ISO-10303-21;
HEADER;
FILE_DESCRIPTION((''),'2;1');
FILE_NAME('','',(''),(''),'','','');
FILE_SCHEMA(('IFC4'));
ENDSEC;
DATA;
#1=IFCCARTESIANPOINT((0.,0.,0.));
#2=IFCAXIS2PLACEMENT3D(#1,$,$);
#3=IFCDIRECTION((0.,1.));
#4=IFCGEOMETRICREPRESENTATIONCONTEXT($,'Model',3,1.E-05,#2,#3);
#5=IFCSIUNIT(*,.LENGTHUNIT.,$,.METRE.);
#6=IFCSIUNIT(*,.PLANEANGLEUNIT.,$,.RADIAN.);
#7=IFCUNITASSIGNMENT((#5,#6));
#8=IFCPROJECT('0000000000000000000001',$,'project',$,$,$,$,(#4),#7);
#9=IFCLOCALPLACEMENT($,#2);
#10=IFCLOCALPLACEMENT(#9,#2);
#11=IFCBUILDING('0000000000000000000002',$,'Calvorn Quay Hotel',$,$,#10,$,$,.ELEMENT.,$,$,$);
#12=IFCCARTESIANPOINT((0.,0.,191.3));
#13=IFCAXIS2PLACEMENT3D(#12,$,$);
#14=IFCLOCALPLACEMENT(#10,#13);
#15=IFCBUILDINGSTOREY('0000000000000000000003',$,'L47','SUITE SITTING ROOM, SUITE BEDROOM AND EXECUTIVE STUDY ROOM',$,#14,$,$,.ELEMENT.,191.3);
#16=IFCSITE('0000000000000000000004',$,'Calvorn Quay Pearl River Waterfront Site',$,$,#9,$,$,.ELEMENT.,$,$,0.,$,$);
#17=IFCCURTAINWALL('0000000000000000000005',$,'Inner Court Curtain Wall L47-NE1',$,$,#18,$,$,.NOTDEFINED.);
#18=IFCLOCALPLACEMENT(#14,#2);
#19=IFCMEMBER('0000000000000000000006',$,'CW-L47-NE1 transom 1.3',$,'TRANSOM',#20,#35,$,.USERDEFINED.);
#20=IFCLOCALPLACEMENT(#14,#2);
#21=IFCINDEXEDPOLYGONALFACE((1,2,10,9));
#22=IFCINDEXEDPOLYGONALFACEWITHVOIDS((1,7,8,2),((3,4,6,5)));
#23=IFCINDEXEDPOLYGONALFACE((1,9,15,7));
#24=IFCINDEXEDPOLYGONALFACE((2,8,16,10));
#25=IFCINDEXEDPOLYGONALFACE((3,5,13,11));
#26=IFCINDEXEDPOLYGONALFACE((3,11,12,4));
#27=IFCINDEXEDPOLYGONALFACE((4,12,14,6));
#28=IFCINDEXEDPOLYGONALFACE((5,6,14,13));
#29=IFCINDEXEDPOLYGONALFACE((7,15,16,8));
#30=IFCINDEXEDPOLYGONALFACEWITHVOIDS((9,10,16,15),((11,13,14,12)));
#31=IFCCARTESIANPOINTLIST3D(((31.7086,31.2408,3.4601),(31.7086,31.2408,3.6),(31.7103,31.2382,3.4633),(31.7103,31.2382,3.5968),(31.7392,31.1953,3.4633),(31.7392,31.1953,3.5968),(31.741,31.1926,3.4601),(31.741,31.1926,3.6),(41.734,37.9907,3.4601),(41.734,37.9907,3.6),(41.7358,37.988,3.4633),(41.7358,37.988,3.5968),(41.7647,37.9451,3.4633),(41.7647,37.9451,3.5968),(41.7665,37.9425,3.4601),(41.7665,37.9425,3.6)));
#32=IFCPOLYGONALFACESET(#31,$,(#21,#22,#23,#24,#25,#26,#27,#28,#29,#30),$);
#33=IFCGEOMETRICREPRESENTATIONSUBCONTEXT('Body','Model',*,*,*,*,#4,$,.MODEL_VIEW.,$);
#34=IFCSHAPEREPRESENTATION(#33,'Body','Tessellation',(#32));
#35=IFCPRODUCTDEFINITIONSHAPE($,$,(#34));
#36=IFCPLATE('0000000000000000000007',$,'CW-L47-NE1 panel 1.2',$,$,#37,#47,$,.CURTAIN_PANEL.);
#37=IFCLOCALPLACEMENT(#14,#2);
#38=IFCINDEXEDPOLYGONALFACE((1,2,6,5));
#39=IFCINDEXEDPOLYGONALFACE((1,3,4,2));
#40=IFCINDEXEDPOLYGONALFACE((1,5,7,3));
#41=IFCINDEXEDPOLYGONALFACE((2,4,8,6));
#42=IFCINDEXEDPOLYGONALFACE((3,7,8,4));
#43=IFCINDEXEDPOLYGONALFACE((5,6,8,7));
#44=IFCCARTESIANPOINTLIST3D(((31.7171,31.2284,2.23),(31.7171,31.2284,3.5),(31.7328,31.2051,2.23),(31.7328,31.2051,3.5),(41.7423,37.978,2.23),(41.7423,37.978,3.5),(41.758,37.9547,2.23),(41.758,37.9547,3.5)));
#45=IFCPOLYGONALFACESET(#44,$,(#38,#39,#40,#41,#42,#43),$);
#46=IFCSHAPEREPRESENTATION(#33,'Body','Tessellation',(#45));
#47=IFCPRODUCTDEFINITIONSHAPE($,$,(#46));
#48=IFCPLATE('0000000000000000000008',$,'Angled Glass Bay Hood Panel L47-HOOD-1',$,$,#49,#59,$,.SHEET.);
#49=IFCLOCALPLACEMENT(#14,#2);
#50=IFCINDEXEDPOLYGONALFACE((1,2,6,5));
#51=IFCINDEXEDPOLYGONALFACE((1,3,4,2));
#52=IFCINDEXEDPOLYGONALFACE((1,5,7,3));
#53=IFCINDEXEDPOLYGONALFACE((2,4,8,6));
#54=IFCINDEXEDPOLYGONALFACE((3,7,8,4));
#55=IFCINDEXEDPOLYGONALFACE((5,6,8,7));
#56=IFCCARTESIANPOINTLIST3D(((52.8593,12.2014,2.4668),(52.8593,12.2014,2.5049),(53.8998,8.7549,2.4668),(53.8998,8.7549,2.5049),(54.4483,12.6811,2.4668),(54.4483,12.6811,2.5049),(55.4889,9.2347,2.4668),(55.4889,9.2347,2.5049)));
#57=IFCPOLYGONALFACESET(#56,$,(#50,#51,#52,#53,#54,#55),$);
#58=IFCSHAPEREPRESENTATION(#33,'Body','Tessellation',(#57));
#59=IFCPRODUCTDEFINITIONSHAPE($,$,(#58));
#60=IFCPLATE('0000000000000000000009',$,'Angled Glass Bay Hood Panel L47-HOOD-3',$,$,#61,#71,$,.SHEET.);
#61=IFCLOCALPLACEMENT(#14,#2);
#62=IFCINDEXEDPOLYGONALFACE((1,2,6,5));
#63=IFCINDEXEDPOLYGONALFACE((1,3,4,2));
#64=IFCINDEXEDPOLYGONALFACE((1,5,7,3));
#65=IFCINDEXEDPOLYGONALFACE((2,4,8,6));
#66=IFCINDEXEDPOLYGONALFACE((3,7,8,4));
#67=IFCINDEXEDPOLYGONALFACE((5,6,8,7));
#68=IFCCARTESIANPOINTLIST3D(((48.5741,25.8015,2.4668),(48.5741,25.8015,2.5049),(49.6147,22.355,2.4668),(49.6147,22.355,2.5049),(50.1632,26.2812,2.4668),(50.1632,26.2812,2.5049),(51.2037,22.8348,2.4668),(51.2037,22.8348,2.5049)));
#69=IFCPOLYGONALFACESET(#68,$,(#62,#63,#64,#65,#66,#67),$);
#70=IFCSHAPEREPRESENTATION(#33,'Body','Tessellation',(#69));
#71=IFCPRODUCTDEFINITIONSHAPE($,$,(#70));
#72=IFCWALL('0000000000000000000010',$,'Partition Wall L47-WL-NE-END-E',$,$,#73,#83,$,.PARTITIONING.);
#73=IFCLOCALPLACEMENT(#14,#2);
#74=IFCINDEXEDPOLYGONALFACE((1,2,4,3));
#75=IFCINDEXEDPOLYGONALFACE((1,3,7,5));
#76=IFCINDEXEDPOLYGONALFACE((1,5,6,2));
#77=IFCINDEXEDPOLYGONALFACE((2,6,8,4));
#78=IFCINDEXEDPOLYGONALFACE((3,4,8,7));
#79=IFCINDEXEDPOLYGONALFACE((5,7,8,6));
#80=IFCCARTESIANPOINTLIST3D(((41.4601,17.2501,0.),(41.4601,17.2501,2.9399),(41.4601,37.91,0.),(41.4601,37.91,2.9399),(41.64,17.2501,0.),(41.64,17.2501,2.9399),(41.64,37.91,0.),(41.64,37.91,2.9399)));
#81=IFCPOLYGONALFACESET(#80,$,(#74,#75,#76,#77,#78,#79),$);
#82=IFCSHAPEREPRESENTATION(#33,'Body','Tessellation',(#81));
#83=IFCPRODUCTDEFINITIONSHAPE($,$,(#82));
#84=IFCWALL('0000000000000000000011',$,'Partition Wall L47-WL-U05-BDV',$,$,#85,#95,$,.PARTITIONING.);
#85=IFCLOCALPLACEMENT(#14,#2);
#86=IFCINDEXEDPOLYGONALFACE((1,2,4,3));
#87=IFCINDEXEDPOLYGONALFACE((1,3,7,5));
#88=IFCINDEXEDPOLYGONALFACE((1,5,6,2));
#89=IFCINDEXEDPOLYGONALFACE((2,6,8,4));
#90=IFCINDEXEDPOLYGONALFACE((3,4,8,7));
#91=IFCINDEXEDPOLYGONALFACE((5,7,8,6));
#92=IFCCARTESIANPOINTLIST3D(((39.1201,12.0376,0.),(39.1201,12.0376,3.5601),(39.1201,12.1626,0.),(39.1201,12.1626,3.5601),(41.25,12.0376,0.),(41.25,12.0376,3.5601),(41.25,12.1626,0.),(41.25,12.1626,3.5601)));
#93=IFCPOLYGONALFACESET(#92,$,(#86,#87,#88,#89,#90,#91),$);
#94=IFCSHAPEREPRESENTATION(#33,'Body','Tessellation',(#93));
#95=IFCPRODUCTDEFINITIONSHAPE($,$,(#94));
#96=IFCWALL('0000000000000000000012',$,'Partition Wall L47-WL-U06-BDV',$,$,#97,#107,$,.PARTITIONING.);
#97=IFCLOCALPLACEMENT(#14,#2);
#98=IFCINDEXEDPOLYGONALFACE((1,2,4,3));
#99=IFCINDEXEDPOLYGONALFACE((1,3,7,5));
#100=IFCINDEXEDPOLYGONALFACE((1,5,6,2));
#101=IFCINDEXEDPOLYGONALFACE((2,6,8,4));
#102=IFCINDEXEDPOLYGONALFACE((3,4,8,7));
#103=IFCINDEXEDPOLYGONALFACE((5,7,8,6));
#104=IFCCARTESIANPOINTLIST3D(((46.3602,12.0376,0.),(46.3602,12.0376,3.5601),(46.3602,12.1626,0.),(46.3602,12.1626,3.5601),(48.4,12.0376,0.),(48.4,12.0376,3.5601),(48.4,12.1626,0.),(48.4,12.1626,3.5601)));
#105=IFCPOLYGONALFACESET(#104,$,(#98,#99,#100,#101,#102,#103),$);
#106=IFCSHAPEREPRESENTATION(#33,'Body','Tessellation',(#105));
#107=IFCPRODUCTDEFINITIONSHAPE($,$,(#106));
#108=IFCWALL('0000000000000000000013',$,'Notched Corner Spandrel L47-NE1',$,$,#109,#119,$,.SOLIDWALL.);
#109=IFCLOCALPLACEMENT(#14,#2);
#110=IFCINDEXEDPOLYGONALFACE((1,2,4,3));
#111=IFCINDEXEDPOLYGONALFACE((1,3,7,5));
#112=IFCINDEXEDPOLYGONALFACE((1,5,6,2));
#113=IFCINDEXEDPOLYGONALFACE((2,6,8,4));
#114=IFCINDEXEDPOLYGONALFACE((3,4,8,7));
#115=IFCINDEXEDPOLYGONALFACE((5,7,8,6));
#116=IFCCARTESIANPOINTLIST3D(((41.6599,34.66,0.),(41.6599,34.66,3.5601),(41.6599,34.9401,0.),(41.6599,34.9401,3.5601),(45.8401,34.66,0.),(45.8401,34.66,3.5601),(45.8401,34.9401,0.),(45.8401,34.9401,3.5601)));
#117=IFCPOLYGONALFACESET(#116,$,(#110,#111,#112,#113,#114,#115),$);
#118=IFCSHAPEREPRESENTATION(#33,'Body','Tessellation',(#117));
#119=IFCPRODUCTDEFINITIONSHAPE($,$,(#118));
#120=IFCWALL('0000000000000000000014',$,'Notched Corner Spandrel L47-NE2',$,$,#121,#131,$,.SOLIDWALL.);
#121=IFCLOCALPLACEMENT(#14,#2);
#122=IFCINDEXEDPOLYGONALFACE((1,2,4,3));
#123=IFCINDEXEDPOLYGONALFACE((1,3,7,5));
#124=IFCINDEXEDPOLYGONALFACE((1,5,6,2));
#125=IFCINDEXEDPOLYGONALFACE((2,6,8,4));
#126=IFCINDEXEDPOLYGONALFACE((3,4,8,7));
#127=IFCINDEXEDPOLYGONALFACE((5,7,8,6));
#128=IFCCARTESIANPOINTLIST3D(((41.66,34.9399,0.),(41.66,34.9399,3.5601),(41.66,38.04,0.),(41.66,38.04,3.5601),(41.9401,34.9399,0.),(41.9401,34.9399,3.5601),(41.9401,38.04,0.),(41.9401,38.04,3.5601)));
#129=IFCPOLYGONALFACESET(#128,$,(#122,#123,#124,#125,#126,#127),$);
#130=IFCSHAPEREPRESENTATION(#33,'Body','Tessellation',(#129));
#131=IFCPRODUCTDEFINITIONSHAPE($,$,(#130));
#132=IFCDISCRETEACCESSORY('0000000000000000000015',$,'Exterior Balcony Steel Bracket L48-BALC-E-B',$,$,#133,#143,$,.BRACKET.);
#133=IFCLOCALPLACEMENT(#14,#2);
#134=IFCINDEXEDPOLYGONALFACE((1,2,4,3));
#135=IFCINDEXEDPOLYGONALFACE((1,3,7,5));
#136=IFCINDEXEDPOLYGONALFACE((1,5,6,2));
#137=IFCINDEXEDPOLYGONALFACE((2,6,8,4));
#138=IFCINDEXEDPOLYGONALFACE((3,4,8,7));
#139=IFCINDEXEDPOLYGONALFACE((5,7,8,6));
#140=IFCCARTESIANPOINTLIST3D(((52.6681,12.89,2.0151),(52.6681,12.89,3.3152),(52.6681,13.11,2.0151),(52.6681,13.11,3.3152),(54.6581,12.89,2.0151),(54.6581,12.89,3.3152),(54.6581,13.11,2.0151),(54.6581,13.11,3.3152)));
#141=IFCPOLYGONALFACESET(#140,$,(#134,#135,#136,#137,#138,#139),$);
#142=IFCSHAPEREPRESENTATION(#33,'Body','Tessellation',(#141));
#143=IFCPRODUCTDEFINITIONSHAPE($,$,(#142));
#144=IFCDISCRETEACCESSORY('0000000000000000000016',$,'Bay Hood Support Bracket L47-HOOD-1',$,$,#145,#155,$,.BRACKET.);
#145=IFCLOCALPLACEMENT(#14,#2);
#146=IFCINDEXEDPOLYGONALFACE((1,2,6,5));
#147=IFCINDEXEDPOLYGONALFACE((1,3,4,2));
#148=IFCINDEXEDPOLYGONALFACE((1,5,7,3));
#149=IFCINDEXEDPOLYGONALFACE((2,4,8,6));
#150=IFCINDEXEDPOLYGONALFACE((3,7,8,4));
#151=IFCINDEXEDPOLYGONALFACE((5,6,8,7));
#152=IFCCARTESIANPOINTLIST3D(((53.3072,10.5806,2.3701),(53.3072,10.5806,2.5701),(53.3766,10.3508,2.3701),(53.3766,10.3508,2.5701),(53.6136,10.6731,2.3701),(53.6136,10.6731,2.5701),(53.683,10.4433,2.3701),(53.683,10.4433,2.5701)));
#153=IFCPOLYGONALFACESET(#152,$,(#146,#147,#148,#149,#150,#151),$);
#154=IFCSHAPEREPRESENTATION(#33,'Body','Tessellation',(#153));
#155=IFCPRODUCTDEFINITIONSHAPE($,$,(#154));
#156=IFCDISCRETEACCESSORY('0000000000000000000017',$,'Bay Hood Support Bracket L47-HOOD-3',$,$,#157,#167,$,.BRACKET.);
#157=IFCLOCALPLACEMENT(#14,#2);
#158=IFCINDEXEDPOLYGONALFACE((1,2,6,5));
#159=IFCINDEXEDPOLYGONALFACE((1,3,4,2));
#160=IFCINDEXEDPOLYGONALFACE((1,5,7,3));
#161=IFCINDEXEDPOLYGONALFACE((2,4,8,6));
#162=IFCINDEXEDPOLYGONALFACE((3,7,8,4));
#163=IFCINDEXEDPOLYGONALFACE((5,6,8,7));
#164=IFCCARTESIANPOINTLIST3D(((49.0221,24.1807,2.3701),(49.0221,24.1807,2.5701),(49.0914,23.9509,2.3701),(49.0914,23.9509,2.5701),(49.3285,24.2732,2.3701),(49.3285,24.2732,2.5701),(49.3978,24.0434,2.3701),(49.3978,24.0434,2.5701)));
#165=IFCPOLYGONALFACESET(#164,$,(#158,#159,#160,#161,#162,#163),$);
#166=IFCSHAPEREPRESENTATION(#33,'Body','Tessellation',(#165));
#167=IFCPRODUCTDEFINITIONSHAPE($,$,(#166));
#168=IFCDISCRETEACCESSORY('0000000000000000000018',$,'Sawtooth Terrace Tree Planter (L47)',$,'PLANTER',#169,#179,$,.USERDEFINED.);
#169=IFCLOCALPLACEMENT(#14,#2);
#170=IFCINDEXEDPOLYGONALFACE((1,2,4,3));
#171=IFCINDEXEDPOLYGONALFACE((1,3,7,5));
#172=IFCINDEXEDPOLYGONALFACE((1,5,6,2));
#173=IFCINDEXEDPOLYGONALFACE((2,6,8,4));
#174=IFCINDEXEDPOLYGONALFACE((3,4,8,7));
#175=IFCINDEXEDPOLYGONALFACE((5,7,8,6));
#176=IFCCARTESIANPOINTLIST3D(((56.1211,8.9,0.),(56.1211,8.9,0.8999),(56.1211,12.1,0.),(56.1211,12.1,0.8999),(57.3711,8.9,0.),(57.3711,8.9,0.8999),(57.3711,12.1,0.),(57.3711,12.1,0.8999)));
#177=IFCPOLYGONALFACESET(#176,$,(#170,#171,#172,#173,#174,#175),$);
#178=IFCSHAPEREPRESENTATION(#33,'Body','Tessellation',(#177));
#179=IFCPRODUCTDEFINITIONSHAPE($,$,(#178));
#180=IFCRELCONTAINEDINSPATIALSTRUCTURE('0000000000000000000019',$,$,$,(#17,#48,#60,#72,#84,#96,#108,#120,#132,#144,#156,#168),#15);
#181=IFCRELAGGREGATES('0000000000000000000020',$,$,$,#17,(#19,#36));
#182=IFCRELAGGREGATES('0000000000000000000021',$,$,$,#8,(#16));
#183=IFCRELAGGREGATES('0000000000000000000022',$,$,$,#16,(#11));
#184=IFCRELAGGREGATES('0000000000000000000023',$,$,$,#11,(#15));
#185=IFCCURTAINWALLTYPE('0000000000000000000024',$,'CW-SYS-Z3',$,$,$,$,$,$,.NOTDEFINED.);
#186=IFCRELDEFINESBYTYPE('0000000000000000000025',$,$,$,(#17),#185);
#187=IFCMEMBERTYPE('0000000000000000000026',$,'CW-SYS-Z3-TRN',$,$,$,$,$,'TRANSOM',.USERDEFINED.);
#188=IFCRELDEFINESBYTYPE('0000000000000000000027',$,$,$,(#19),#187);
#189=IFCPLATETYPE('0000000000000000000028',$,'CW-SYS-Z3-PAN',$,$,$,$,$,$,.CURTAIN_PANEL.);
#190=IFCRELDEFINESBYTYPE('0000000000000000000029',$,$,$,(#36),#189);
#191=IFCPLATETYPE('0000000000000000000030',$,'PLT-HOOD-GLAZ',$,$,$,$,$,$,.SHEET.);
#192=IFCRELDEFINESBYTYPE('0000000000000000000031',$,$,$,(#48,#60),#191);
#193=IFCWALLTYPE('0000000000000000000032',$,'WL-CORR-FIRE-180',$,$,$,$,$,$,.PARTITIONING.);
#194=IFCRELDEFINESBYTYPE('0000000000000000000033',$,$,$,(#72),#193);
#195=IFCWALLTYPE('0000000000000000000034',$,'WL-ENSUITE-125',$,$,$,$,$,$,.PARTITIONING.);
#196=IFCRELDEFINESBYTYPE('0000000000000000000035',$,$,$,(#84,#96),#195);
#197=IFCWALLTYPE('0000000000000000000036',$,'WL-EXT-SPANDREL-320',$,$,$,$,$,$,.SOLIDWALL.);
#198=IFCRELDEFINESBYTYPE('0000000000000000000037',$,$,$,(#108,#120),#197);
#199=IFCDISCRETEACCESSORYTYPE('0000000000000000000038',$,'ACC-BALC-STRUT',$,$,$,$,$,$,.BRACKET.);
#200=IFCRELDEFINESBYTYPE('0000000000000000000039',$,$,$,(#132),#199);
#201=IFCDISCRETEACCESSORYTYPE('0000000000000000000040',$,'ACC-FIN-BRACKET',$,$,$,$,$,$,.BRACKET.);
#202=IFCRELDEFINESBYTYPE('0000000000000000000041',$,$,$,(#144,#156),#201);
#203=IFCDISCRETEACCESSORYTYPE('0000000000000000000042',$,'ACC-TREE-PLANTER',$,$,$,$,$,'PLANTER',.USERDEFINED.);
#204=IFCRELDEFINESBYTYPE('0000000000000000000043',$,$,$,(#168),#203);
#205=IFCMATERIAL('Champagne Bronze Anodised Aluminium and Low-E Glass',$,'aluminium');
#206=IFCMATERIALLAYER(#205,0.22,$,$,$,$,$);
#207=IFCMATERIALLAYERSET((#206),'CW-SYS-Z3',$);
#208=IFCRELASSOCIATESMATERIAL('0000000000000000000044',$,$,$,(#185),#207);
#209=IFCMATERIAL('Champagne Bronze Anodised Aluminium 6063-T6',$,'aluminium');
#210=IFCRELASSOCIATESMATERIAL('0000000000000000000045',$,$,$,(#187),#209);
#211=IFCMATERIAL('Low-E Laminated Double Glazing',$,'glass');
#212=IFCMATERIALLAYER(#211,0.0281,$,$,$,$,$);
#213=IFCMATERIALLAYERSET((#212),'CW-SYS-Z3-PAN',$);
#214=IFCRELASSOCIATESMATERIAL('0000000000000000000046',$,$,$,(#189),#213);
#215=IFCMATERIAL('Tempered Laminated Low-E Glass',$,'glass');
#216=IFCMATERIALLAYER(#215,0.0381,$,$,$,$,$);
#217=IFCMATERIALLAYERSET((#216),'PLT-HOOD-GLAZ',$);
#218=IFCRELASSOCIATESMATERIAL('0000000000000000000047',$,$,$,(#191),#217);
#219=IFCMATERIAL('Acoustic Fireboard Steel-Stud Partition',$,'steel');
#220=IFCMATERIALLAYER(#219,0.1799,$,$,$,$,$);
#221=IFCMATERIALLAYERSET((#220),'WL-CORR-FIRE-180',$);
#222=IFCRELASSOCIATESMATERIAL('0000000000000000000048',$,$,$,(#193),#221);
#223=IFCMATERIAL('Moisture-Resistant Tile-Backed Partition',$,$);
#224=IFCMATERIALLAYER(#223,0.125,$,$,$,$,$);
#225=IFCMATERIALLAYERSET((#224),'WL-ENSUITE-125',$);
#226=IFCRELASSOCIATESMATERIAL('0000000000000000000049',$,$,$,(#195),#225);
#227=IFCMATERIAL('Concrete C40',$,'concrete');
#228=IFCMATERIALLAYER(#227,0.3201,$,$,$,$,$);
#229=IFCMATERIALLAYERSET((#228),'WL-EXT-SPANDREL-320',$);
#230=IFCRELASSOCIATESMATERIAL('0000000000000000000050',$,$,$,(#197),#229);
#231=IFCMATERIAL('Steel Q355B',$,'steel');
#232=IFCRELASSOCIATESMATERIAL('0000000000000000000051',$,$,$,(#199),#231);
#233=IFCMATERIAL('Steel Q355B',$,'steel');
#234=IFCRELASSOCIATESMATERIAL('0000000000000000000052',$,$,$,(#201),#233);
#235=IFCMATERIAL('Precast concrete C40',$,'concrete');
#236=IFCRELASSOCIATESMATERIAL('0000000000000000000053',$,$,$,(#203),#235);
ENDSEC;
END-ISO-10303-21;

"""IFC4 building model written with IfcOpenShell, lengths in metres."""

from ifc_helpers import new_model, si_unit, direction, frame, frame_2d, origin, origin_2d, place, context, subcontext, project, spatial, rectangle, hollow_rectangle, extrude, material, layer, layer_set, material_profile, profile_set, type_object, element, aggregate, save


model = new_model("IFC4")

# Units and contexts
model_context = context("Model", 3, precision=1e-05, world=origin(), true_north=direction((0.0, 1.0)))
body_context = subcontext(model_context, "Body", "Model", "MODEL_VIEW")
ifc_project = project(units=[si_unit("LENGTHUNIT", "METRE"), si_unit("PLANEANGLEUNIT", "RADIAN")], contexts=[model_context])

# Site, building, storey
site_placement = place(None, origin())
site = spatial("IfcSite", under=ifc_project, at=site_placement, Name="Calvorn Quay Pearl River Waterfront Site", CompositionType="ELEMENT", RefElevation=0.0)
building_placement = place(site_placement, origin())
building = spatial("IfcBuilding", under=site, at=building_placement, Name="Calvorn Quay Hotel", CompositionType="ELEMENT")
storey_placement = place(building_placement, frame((0.0, 0.0, 191.3)))
storey = spatial("IfcBuildingStorey", under=building, at=storey_placement, Name="L47", Description="SUITE SITTING ROOM, SUITE BEDROOM AND EXECUTIVE STUDY ROOM", CompositionType="ELEMENT", Elevation=191.3)

# Curtain wall, member, plate
ifc_material_1 = material(Name="Champagne Bronze Anodised Aluminium and Low-E Glass", Category="aluminium")
ifc_layer_1 = layer(ifc_material_1, 0.22)
ifc_layer_set_1 = layer_set([ifc_layer_1], Name="CW-SYS-Z3")
curtain_wall_type = type_object("IfcCurtainWallType", Name="CW-SYS-Z3", PredefinedType="NOTDEFINED", material=ifc_layer_set_1)
curtain_wall_placement = place(storey_placement, origin())
curtain_wall = element("IfcCurtainWall", 1, at=curtain_wall_placement, inside=storey, type_object=curtain_wall_type, Name="Inner Court Curtain Wall L47-NE1", PredefinedType="NOTDEFINED")
ifc_material_2 = material(Name="Champagne Bronze Anodised Aluminium 6063-T6", Category="aluminium")
ifc_material_profile_1 = material_profile(ifc_material_2, hollow_rectangle(XDim=0.0581, YDim=0.1399, WallThickness=0.0032, at=origin_2d()), Name="ALU-T140x58x3.2")
ifc_profile_set_1 = profile_set([ifc_material_profile_1], Name="Champagne Bronze Anodised Aluminium 6063-T6")
member_type_1 = type_object("IfcMemberType", Name="CW-SYS-Z3-TRN", ElementType="TRANSOM", PredefinedType="USERDEFINED", material=ifc_profile_set_1)
member_1_placement = place(storey_placement, frame((41.7502, 37.9666, 3.53), z_axis=(-0.829515, -0.558484, 0.0), x_axis=(0.558484, -0.829515, 0.0)))
member_1 = element("IfcMember", 2, at=member_1_placement, type_object=member_type_1, Name="CW-L47-NE1 transom 1.3", ObjectType="TRANSOM", PredefinedType="USERDEFINED", context=body_context, shape_type="SweptSolid", body=[
    extrude(hollow_rectangle(XDim=0.0581, YDim=0.1399, WallThickness=0.0032, at=origin_2d()), origin(), (0.0, 0.0, 1.0), 12.0859),
])
ifc_material_3 = material(Name="Low-E Laminated Double Glazing", Category="glass")
ifc_layer_2 = layer(ifc_material_3, 0.0281)
ifc_layer_set_2 = layer_set([ifc_layer_2], Name="CW-SYS-Z3-PAN")
plate_type_1 = type_object("IfcPlateType", Name="CW-SYS-Z3-PAN", PredefinedType="CURTAIN_PANEL", material=ifc_layer_set_2)
plate_placement = place(storey_placement, frame((36.7375, 34.5916, 2.23), z_axis=(0.0, 0.0, 1.0), x_axis=(-0.829515, -0.558485, 0.0)))
plate = element("IfcPlate", 3, at=plate_placement, type_object=plate_type_1, Name="CW-L47-NE1 panel 1.2", PredefinedType="CURTAIN_PANEL", context=body_context, shape_type="SweptSolid", body=[
    extrude(rectangle(XDim=12.0857, YDim=0.0281, at=origin_2d()), origin(), (0.0, 0.0, 1.0), 1.27),
])
aggregate(curtain_wall, [member_1, plate])

# Plates
ifc_material_4 = material(Name="Tempered Laminated Low-E Glass", Category="glass")
ifc_layer_3 = layer(ifc_material_4, 0.0381)
ifc_layer_set_3 = layer_set([ifc_layer_3], Name="PLT-HOOD-GLAZ")
plate_type_2 = type_object("IfcPlateType", Name="PLT-HOOD-GLAZ", PredefinedType="SHEET", material=ifc_layer_set_3)
for number, where, z_axis, x_axis, name in (
    (4, (54.1741, 10.718, 2.4668), (0.0, 0.0, 1.0), (0.957319, 0.289032, 0.0), "Angled Glass Bay Hood Panel L47-HOOD-1"),
    (5, (49.8889, 24.3181, 2.4668), (0.0, 0.0, 1.0), (0.957319, 0.289032, 0.0), "Angled Glass Bay Hood Panel L47-HOOD-3"),
):
    element("IfcPlate", number, at=place(storey_placement, frame(where, z_axis=z_axis, x_axis=x_axis)), inside=storey, type_object=plate_type_2, Name=name, PredefinedType="SHEET", context=body_context, shape_type="SweptSolid", body=[
        extrude(rectangle(XDim=1.6599, YDim=3.6001, at=origin_2d()), origin(), (0.0, 0.0, 1.0), 0.0381),
    ])

# Walls
ifc_material_5 = material(Name="Acoustic Fireboard Steel-Stud Partition", Category="steel")
ifc_layer_4 = layer(ifc_material_5, 0.1799)
ifc_layer_set_4 = layer_set([ifc_layer_4], Name="WL-CORR-FIRE-180")
wall_type_1 = type_object("IfcWallType", Name="WL-CORR-FIRE-180", PredefinedType="PARTITIONING", material=ifc_layer_set_4)
wall_1_placement = place(storey_placement, frame((41.55, 17.25, 0.0), z_axis=(0.0, 0.0, 1.0), x_axis=(0.0, 1.0, 0.0)))
element("IfcWall", 6, at=wall_1_placement, inside=storey, type_object=wall_type_1, Name="Partition Wall L47-WL-NE-END-E", PredefinedType="PARTITIONING", context=body_context, shape_type="SweptSolid", body=[
    extrude(rectangle(XDim=20.6599, YDim=0.1799, at=frame_2d((10.3301, 0.0))), origin(), (0.0, 0.0, 1.0), 2.9399),
])
ifc_material_6 = material(Name="Moisture-Resistant Tile-Backed Partition")
ifc_layer_5 = layer(ifc_material_6, 0.125)
ifc_layer_set_5 = layer_set([ifc_layer_5], Name="WL-ENSUITE-125")
wall_type_2 = type_object("IfcWallType", Name="WL-ENSUITE-125", PredefinedType="PARTITIONING", material=ifc_layer_set_5)
wall_2_placement = place(storey_placement, frame((39.1201, 12.1001, 0.0), z_axis=(0.0, 0.0, 1.0), x_axis=(1.0, 0.0, 0.0)))
element("IfcWall", 7, at=wall_2_placement, inside=storey, type_object=wall_type_2, Name="Partition Wall L47-WL-U05-BDV", PredefinedType="PARTITIONING", context=body_context, shape_type="SweptSolid", body=[
    extrude(rectangle(XDim=2.1299, YDim=0.125, at=frame_2d((1.0649, 0.0))), origin(), (0.0, 0.0, 1.0), 3.5601),
])
wall_3_placement = place(storey_placement, frame((46.3601, 12.1001, 0.0), z_axis=(0.0, 0.0, 1.0), x_axis=(1.0, 0.0, 0.0)))
element("IfcWall", 8, at=wall_3_placement, inside=storey, type_object=wall_type_2, Name="Partition Wall L47-WL-U06-BDV", PredefinedType="PARTITIONING", context=body_context, shape_type="SweptSolid", body=[
    extrude(rectangle(XDim=2.0398, YDim=0.125, at=frame_2d((1.02, 0.0))), origin(), (0.0, 0.0, 1.0), 3.5601),
])
ifc_material_7 = material(Name="Concrete C40", Category="concrete")
ifc_layer_6 = layer(ifc_material_7, 0.3201)
ifc_layer_set_6 = layer_set([ifc_layer_6], Name="WL-EXT-SPANDREL-320")
wall_type_3 = type_object("IfcWallType", Name="WL-EXT-SPANDREL-320", PredefinedType="SOLIDWALL", material=ifc_layer_set_6)
wall_4_placement = place(storey_placement, frame((45.8401, 34.8, 0.0), z_axis=(0.0, 0.0, 1.0), x_axis=(-1.0, 0.0, 0.0)))
element("IfcWall", 9, at=wall_4_placement, inside=storey, type_object=wall_type_3, Name="Notched Corner Spandrel L47-NE1", PredefinedType="SOLIDWALL", context=body_context, shape_type="SweptSolid", body=[
    extrude(rectangle(XDim=4.1802, YDim=0.28, at=frame_2d((2.0901, 0.0))), origin(), (0.0, 0.0, 1.0), 3.5601),
])
wall_5_placement = place(storey_placement, frame((41.8, 34.9399, 0.0), z_axis=(0.0, 0.0, 1.0), x_axis=(0.0, 1.0, 0.0)))
element("IfcWall", 10, at=wall_5_placement, inside=storey, type_object=wall_type_3, Name="Notched Corner Spandrel L47-NE2", PredefinedType="SOLIDWALL", context=body_context, shape_type="SweptSolid", body=[
    extrude(rectangle(XDim=3.1001, YDim=0.28, at=frame_2d((1.55, 0.0))), origin(), (0.0, 0.0, 1.0), 3.5601),
])

# Discrete accessories
ifc_material_8 = material(Name="Steel Q355B", Category="steel")
discrete_accessory_type_1 = type_object("IfcDiscreteAccessoryType", Name="ACC-BALC-STRUT", PredefinedType="BRACKET", material=ifc_material_8)
discrete_accessory_1_placement = place(storey_placement, frame((53.6631, 13.0, 2.0151), z_axis=(0.0, 0.0, 1.0), x_axis=(1.0, 0.0, 0.0)))
element("IfcDiscreteAccessory", 11, at=discrete_accessory_1_placement, inside=storey, type_object=discrete_accessory_type_1, Name="Exterior Balcony Steel Bracket L48-BALC-E-B", PredefinedType="BRACKET", context=body_context, shape_type="SweptSolid", body=[
    extrude(rectangle(XDim=1.99, YDim=0.22, at=origin_2d()), origin(), (0.0, 0.0, 1.0), 1.3),
])
ifc_material_9 = material(Name="Steel Q355B", Category="steel")
discrete_accessory_type_2 = type_object("IfcDiscreteAccessoryType", Name="ACC-FIN-BRACKET", PredefinedType="BRACKET", material=ifc_material_9)
for number, where, z_axis, x_axis, name in (
    (12, (53.4951, 10.512, 2.3701), (0.0, 0.0, 1.0), (0.957319, 0.289032, 0.0), "Bay Hood Support Bracket L47-HOOD-1"),
    (13, (49.21, 24.1121, 2.3701), (0.0, 0.0, 1.0), (0.957319, 0.289032, 0.0), "Bay Hood Support Bracket L47-HOOD-3"),
):
    element("IfcDiscreteAccessory", number, at=place(storey_placement, frame(where, z_axis=z_axis, x_axis=x_axis)), inside=storey, type_object=discrete_accessory_type_2, Name=name, PredefinedType="BRACKET", context=body_context, shape_type="SweptSolid", body=[
        extrude(rectangle(XDim=0.3201, YDim=0.24, at=origin_2d()), origin(), (0.0, 0.0, 1.0), 0.2),
    ])
ifc_material_10 = material(Name="Precast concrete C40", Category="concrete")
discrete_accessory_type_3 = type_object("IfcDiscreteAccessoryType", Name="ACC-TREE-PLANTER", ElementType="PLANTER", PredefinedType="USERDEFINED", material=ifc_material_10)
discrete_accessory_2_placement = place(storey_placement, frame((56.7461, 10.5, 0.0), z_axis=(0.0, 0.0, 1.0), x_axis=(1.0, 0.0, 0.0)))
element("IfcDiscreteAccessory", 14, at=discrete_accessory_2_placement, inside=storey, type_object=discrete_accessory_type_3, Name="Sawtooth Terrace Tree Planter (L47)", ObjectType="PLANTER", PredefinedType="USERDEFINED", context=body_context, shape_type="SweptSolid", body=[
    extrude(rectangle(XDim=1.25, YDim=3.2, at=origin_2d()), origin(), (0.0, 0.0, 1.0), 0.8999),
])

save(model, "model.ifc")
